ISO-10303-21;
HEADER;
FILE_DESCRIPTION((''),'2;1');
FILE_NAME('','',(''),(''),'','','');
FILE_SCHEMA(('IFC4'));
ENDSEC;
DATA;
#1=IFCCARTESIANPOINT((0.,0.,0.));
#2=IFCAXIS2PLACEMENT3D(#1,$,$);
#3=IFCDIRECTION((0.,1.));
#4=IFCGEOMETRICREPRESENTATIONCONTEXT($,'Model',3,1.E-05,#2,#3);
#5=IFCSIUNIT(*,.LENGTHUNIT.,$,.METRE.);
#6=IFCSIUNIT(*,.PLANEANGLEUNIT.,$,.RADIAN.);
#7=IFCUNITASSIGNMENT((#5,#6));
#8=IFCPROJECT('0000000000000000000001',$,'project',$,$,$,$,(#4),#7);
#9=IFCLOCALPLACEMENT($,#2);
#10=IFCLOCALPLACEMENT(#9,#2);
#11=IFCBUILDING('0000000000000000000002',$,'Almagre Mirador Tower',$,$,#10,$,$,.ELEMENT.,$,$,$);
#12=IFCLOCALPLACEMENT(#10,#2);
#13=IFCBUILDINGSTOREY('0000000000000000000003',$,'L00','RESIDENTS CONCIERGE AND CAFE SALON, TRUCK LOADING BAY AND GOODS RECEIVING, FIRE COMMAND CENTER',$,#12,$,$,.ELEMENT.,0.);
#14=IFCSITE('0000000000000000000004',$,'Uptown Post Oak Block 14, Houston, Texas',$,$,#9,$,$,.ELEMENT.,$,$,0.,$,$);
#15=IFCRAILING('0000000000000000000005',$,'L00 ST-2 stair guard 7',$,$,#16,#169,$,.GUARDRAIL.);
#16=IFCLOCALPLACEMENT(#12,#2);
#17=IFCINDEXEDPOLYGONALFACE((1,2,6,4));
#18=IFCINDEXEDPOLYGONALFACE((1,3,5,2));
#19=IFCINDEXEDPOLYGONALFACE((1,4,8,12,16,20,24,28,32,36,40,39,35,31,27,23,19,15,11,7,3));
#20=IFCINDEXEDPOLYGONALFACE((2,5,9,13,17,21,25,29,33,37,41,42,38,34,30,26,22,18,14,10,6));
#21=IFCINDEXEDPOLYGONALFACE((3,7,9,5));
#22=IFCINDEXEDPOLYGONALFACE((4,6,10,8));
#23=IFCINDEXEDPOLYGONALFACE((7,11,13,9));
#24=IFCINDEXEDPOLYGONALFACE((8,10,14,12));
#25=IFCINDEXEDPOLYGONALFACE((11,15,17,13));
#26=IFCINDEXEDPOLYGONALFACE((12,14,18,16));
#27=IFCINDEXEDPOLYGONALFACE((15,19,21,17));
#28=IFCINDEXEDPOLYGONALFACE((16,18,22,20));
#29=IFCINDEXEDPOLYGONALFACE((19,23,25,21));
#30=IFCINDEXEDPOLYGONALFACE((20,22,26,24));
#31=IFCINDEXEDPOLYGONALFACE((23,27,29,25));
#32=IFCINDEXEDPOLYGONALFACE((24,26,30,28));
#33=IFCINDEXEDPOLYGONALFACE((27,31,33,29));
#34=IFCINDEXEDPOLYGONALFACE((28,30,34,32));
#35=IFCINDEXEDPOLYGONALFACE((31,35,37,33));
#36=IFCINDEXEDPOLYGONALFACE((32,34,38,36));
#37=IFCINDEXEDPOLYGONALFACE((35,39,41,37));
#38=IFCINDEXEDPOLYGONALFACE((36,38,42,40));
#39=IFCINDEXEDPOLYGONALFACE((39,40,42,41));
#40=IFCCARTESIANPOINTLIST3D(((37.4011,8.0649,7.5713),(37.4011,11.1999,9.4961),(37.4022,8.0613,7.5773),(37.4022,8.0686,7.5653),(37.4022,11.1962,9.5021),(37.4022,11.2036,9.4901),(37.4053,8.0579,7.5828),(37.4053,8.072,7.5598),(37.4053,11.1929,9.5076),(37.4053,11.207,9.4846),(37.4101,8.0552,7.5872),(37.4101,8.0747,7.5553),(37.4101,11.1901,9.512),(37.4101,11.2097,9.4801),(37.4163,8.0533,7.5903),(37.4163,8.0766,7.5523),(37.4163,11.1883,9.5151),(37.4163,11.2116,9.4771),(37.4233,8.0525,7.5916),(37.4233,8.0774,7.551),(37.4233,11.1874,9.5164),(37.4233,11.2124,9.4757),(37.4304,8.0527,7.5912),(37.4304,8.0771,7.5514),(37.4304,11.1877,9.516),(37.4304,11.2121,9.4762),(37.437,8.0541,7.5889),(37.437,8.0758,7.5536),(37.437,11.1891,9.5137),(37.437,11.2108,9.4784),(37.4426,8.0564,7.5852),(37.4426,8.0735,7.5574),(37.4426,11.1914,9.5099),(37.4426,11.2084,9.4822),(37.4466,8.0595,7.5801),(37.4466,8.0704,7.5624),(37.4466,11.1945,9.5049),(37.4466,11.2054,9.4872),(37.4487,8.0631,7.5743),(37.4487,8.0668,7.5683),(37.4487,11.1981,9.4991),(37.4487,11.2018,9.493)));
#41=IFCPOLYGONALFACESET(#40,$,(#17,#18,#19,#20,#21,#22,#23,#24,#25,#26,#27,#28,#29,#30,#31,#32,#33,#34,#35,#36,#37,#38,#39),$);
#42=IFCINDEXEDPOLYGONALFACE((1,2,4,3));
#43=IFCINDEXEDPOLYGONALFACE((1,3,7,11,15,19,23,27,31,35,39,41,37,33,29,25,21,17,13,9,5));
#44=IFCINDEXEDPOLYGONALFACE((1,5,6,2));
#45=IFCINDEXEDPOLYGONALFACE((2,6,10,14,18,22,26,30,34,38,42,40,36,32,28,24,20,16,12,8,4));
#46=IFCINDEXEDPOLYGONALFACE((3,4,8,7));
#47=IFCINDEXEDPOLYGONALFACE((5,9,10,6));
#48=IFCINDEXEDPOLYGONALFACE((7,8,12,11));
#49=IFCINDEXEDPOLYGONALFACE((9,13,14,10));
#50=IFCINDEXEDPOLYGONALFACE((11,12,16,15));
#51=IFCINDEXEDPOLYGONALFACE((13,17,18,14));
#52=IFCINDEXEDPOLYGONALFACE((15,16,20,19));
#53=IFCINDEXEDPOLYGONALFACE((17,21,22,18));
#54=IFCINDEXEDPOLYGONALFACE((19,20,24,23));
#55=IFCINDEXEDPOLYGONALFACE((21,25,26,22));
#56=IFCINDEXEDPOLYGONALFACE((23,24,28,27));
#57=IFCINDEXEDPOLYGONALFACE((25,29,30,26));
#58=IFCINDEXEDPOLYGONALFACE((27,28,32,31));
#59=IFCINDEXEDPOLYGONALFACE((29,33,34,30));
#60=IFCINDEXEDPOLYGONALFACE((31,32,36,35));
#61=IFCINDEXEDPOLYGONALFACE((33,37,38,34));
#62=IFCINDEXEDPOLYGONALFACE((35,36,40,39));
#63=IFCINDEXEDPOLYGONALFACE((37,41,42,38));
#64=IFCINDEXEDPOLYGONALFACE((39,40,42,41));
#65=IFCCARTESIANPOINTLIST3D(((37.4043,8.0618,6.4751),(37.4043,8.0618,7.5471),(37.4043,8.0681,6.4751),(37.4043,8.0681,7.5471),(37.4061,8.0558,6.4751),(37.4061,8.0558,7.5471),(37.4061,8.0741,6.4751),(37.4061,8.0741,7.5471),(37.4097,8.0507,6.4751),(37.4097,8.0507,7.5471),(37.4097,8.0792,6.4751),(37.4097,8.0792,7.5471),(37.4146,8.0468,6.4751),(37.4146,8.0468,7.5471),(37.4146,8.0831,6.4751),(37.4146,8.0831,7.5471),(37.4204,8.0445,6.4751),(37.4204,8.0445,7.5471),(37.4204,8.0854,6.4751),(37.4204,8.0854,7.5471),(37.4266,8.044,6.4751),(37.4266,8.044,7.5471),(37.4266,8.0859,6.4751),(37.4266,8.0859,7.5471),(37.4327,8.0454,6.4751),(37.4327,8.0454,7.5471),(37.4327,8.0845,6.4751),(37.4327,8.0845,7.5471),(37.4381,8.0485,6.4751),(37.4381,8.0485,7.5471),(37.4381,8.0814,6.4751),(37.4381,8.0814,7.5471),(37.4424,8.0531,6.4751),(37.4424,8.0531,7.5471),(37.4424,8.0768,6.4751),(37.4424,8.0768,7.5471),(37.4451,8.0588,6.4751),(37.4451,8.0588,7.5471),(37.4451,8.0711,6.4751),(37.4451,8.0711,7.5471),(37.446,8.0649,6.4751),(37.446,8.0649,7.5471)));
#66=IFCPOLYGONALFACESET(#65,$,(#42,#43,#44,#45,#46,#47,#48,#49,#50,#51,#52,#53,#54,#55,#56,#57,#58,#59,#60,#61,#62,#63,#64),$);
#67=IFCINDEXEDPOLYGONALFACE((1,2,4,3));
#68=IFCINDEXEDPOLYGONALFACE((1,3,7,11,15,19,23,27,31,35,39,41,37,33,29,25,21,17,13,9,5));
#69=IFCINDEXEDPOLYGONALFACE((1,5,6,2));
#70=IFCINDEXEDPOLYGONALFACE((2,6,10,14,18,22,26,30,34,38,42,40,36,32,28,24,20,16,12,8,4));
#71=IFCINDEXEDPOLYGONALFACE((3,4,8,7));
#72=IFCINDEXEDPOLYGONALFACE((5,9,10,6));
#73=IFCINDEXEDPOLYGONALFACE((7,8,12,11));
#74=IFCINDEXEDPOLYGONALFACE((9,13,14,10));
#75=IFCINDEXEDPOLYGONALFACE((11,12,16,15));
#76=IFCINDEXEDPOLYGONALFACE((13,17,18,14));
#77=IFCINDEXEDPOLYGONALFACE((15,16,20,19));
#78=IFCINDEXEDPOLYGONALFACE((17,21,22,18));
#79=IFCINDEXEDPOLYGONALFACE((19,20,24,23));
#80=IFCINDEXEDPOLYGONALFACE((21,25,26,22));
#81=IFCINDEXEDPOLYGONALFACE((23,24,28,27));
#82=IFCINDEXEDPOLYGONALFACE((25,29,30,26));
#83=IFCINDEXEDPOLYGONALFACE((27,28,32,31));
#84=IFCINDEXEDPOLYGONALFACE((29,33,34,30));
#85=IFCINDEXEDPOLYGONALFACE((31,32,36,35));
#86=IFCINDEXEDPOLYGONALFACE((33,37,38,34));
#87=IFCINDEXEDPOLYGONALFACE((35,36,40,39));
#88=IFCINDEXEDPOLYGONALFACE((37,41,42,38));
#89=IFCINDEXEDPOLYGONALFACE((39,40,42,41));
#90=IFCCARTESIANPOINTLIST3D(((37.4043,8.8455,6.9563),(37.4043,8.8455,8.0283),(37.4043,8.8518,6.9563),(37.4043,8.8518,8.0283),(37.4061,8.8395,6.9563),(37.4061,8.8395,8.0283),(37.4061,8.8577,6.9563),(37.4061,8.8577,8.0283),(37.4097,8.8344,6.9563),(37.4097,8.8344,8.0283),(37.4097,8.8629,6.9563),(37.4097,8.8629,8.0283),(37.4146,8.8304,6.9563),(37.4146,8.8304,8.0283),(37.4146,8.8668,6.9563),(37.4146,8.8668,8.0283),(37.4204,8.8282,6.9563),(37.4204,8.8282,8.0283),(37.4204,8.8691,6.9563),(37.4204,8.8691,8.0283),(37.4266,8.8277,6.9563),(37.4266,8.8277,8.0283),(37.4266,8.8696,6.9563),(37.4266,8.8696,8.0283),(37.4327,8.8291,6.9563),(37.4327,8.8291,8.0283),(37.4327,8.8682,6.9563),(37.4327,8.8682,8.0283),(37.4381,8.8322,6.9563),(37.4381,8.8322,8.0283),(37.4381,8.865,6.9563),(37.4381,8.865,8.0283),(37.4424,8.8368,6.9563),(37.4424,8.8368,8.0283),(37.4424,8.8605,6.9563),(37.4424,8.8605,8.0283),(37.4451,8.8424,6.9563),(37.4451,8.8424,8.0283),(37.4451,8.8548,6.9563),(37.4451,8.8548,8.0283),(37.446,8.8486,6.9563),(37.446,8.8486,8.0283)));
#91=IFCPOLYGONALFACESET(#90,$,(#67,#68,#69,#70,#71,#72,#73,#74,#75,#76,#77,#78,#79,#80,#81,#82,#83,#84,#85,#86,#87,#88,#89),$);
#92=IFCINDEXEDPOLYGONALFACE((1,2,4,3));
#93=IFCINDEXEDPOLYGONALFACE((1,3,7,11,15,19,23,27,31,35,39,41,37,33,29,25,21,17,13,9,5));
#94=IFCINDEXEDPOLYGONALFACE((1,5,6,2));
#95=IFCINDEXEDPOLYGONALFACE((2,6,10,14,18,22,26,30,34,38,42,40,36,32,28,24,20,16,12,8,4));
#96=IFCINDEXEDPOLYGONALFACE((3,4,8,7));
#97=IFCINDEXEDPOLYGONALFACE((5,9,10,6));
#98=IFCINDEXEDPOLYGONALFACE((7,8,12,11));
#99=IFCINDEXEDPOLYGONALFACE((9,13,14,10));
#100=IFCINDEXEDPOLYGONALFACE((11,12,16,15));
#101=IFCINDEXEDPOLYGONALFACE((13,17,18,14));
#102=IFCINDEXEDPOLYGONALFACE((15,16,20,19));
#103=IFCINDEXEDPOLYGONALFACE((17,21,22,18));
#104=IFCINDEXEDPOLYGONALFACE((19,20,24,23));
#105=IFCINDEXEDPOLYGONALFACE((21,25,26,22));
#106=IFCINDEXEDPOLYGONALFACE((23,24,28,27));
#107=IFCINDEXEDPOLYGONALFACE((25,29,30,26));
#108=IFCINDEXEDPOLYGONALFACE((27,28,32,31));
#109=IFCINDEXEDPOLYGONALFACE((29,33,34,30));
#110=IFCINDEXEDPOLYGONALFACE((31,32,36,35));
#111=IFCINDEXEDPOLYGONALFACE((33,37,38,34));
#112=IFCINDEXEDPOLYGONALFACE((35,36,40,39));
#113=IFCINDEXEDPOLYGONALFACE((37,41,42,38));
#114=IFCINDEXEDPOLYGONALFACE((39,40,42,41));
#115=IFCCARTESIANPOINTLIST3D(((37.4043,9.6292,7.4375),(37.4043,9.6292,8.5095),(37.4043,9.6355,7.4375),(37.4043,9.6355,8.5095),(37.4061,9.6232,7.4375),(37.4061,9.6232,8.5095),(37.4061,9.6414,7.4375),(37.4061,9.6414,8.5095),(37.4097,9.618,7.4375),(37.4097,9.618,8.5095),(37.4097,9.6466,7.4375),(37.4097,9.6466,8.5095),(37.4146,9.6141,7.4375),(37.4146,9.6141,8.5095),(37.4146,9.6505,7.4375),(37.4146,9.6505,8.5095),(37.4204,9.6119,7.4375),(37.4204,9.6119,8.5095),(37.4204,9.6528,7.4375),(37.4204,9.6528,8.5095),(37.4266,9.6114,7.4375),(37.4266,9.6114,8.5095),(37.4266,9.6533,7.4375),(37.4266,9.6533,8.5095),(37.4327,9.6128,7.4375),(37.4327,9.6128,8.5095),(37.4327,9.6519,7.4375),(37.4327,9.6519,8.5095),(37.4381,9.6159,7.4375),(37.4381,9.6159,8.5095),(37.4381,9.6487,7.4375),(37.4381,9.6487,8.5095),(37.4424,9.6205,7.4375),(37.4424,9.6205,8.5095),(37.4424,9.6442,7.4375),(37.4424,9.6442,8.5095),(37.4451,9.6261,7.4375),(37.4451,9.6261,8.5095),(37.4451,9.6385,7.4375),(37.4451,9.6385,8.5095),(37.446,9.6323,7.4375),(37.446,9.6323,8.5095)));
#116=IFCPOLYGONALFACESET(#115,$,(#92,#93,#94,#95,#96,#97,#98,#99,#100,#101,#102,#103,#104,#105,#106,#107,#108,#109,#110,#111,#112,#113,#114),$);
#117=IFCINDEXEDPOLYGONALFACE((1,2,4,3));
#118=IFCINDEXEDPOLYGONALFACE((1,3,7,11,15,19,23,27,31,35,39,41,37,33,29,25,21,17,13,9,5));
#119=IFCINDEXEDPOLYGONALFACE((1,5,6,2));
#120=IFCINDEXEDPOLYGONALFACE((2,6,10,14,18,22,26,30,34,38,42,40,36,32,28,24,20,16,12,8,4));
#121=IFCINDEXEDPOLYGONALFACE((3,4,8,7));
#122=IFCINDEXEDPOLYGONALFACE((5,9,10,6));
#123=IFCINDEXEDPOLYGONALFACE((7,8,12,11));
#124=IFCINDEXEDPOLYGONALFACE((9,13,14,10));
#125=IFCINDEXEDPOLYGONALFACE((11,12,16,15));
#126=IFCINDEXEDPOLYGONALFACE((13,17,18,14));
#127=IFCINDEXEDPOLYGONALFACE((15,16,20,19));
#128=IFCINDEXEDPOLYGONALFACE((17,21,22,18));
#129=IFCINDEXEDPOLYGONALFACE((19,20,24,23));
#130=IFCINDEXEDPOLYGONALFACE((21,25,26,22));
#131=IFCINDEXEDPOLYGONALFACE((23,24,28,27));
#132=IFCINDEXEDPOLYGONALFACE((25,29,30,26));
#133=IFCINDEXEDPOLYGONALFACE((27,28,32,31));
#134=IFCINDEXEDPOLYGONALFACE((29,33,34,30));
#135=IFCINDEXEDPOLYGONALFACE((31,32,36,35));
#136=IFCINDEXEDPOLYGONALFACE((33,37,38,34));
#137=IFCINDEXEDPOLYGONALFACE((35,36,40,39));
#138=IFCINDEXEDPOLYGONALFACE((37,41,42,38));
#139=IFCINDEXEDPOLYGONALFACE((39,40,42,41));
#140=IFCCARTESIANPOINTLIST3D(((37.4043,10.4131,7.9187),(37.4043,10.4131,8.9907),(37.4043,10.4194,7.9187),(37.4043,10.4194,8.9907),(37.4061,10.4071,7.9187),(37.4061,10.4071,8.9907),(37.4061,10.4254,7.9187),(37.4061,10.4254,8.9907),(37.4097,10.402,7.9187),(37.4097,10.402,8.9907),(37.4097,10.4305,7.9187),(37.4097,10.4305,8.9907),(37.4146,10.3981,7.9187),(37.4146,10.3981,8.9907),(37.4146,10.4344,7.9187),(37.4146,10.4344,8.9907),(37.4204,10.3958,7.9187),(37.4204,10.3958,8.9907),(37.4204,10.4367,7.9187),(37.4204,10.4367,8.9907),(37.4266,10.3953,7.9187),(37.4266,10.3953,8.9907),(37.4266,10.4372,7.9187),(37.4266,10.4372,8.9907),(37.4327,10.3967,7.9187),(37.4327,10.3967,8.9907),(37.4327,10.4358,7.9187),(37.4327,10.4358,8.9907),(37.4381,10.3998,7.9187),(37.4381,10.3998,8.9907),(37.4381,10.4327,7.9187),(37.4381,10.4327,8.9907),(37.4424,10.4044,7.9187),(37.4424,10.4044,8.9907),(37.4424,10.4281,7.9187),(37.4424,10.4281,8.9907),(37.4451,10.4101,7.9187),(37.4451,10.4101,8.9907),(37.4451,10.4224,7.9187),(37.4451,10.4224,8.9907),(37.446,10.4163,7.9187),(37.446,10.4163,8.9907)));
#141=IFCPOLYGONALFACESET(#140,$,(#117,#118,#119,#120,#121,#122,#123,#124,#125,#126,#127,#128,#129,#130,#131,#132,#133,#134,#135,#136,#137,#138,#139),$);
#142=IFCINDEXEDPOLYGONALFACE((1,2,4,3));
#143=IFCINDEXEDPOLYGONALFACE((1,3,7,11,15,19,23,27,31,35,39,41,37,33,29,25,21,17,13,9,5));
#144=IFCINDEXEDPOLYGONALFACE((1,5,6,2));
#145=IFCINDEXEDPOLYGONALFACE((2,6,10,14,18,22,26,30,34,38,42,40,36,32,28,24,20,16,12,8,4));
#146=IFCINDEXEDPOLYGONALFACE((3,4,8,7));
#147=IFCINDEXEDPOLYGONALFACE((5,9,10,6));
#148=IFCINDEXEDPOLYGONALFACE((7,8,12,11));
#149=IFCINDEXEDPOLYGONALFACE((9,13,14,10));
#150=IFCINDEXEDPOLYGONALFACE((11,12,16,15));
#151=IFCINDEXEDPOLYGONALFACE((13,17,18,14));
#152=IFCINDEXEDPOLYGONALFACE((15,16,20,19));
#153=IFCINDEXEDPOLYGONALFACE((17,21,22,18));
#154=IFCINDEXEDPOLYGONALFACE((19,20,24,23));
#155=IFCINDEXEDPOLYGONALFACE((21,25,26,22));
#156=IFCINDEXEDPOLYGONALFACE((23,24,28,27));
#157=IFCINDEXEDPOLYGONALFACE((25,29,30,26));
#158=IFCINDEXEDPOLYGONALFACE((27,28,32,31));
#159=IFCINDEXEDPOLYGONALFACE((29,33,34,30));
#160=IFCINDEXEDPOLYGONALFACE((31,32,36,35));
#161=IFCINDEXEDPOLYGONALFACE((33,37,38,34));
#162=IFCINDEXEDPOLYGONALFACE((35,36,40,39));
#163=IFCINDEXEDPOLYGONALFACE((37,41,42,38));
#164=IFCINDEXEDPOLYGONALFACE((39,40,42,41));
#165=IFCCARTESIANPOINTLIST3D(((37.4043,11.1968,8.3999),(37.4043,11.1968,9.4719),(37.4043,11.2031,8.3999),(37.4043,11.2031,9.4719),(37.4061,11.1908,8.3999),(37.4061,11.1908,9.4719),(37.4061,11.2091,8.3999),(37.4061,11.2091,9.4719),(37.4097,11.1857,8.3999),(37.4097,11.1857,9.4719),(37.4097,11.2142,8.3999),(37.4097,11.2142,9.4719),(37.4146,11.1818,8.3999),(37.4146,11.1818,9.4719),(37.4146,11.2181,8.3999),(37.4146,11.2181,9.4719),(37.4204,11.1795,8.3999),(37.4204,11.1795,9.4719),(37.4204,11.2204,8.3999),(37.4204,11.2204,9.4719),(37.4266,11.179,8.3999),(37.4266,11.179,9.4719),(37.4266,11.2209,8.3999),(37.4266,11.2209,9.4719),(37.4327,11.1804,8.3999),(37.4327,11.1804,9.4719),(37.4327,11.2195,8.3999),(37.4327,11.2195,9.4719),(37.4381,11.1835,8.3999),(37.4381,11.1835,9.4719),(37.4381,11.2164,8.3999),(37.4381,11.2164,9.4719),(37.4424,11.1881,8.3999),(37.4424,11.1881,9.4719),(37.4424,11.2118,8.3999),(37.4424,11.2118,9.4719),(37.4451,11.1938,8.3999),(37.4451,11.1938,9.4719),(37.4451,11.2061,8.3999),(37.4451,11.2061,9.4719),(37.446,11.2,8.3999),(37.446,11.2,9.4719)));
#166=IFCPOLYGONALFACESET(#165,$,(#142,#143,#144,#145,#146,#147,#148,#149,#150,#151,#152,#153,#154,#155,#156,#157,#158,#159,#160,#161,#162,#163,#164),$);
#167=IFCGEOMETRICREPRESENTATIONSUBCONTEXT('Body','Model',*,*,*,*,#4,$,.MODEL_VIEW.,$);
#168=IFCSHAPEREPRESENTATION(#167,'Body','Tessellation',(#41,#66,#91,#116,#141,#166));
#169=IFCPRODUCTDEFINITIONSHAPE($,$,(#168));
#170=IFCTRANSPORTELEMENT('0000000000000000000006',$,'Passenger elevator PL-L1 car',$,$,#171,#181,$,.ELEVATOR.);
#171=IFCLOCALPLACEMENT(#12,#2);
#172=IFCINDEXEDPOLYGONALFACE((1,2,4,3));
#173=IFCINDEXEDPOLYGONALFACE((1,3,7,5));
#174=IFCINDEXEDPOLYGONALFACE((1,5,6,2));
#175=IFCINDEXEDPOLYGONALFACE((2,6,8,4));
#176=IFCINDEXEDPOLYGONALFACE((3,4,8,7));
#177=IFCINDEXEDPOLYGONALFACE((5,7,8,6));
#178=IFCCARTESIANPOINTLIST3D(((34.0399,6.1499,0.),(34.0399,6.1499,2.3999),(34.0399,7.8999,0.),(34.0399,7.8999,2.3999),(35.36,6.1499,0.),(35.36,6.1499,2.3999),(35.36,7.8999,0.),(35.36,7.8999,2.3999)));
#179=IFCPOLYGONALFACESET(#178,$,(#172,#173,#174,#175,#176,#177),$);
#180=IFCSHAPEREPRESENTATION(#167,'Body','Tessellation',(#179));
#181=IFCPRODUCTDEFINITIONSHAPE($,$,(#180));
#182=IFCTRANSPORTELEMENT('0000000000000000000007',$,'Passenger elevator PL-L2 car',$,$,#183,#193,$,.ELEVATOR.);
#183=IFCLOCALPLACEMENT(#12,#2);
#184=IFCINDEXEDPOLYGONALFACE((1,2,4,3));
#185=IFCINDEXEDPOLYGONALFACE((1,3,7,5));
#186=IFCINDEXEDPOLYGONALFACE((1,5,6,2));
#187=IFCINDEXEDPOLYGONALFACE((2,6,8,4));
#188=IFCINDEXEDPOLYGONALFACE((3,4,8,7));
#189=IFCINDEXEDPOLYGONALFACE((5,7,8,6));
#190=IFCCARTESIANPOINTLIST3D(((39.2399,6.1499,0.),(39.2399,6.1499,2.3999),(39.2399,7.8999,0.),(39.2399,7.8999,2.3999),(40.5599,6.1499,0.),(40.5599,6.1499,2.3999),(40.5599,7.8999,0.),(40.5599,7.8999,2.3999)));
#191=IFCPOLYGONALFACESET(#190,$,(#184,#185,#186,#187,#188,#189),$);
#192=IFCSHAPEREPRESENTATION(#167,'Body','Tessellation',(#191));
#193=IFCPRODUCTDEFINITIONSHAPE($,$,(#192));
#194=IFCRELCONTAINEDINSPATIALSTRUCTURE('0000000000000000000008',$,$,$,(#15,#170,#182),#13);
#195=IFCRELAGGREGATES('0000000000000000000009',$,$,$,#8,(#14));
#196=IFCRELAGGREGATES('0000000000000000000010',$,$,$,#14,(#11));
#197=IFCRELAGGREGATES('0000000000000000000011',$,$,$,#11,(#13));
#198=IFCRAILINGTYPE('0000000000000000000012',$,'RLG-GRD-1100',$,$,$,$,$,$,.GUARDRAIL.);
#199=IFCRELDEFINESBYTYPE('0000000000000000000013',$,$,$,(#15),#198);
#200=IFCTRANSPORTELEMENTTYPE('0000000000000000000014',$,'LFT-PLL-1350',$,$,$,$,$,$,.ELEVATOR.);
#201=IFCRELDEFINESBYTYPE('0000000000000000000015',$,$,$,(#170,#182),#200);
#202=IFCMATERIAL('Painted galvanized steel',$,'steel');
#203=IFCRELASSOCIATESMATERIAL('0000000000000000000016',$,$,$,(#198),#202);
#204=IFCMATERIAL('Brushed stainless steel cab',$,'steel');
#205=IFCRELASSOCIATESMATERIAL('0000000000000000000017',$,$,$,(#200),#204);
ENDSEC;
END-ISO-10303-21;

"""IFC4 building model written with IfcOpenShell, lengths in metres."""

from ifc_helpers import new_model, si_unit, direction, frame, origin, origin_2d, place, context, subcontext, project, spatial, rectangle, circle, extrude, material, type_object, element, save


model = new_model("IFC4")

# Units and contexts
model_context = context("Model", 3, precision=1e-05, world=origin(), true_north=direction((0.0, 1.0)))
body_context = subcontext(model_context, "Body", "Model", "MODEL_VIEW")
ifc_project = project(units=[si_unit("LENGTHUNIT", "METRE"), si_unit("PLANEANGLEUNIT", "RADIAN")], contexts=[model_context])

# Site, building, storey
site_placement = place(None, origin())
site = spatial("IfcSite", under=ifc_project, at=site_placement, Name="Uptown Post Oak Block 14, Houston, Texas", CompositionType="ELEMENT", RefElevation=0.0)
building_placement = place(site_placement, origin())
building = spatial("IfcBuilding", under=site, at=building_placement, Name="Almagre Mirador Tower", CompositionType="ELEMENT")
storey_placement = place(building_placement, origin())
storey = spatial("IfcBuildingStorey", under=building, at=storey_placement, Name="L00", Description="RESIDENTS CONCIERGE AND CAFE SALON, TRUCK LOADING BAY AND GOODS RECEIVING, FIRE COMMAND CENTER", CompositionType="ELEMENT", Elevation=0.0)

# Railing
ifc_material_1 = material(Name="Painted galvanized steel", Category="steel")
railing_type = type_object("IfcRailingType", Name="RLG-GRD-1100", PredefinedType="GUARDRAIL", material=ifc_material_1)
railing_1_placement = place(storey_placement, frame((37.425, 8.0649, 6.4751)))
element("IfcRailing", 1, at=railing_1_placement, inside=storey, type_object=railing_type, Name="L00 ST-2 stair guard 7", PredefinedType="GUARDRAIL", context=body_context, shape_type="SweptSolid", body=[
    extrude(circle(Radius=0.0239, at=origin_2d()), frame((0.0, 0.0, 1.0962), z_axis=(0.0, 0.852196, 0.523223), x_axis=(-1.0, 0.0, 0.0)), (0.0, 0.0, 1.0), 3.6787),
    extrude(circle(Radius=0.021, at=origin_2d()), origin(), (0.0, 0.0, 1.0), 1.072),
    extrude(circle(Radius=0.021, at=origin_2d()), frame((0.0, 0.7837, 0.4812)), (0.0, 0.0, 1.0), 1.072),
    extrude(circle(Radius=0.021, at=origin_2d()), frame((0.0, 1.5674, 0.9624)), (0.0, 0.0, 1.0), 1.072),
    extrude(circle(Radius=0.021, at=origin_2d()), frame((0.0, 2.3513, 1.4436)), (0.0, 0.0, 1.0), 1.072),
    extrude(circle(Radius=0.021, at=origin_2d()), frame((0.0, 3.135, 1.9248)), (0.0, 0.0, 1.0), 1.072),
])

# Transport elements
ifc_material_2 = material(Name="Brushed stainless steel cab", Category="steel")
transport_element_type = type_object("IfcTransportElementType", Name="LFT-PLL-1350", PredefinedType="ELEVATOR", material=ifc_material_2)
for number, where, z_axis, x_axis, name in (
    (2, (34.7, 7.0249, 0.0), (0.0, 0.0, 1.0), (1.0, 0.0, 0.0), "Passenger elevator PL-L1 car"),
    (3, (39.8999, 7.0249, 0.0), (0.0, 0.0, 1.0), (1.0, 0.0, 0.0), "Passenger elevator PL-L2 car"),
):
    element("IfcTransportElement", number, at=place(storey_placement, frame(where, z_axis=z_axis, x_axis=x_axis)), inside=storey, type_object=transport_element_type, Name=name, PredefinedType="ELEVATOR", context=body_context, shape_type="SweptSolid", body=[
        extrude(rectangle(XDim=1.3201, YDim=1.75, at=origin_2d()), origin(), (0.0, 0.0, 1.0), 2.3999),
    ])

save(model, "model.ifc")
